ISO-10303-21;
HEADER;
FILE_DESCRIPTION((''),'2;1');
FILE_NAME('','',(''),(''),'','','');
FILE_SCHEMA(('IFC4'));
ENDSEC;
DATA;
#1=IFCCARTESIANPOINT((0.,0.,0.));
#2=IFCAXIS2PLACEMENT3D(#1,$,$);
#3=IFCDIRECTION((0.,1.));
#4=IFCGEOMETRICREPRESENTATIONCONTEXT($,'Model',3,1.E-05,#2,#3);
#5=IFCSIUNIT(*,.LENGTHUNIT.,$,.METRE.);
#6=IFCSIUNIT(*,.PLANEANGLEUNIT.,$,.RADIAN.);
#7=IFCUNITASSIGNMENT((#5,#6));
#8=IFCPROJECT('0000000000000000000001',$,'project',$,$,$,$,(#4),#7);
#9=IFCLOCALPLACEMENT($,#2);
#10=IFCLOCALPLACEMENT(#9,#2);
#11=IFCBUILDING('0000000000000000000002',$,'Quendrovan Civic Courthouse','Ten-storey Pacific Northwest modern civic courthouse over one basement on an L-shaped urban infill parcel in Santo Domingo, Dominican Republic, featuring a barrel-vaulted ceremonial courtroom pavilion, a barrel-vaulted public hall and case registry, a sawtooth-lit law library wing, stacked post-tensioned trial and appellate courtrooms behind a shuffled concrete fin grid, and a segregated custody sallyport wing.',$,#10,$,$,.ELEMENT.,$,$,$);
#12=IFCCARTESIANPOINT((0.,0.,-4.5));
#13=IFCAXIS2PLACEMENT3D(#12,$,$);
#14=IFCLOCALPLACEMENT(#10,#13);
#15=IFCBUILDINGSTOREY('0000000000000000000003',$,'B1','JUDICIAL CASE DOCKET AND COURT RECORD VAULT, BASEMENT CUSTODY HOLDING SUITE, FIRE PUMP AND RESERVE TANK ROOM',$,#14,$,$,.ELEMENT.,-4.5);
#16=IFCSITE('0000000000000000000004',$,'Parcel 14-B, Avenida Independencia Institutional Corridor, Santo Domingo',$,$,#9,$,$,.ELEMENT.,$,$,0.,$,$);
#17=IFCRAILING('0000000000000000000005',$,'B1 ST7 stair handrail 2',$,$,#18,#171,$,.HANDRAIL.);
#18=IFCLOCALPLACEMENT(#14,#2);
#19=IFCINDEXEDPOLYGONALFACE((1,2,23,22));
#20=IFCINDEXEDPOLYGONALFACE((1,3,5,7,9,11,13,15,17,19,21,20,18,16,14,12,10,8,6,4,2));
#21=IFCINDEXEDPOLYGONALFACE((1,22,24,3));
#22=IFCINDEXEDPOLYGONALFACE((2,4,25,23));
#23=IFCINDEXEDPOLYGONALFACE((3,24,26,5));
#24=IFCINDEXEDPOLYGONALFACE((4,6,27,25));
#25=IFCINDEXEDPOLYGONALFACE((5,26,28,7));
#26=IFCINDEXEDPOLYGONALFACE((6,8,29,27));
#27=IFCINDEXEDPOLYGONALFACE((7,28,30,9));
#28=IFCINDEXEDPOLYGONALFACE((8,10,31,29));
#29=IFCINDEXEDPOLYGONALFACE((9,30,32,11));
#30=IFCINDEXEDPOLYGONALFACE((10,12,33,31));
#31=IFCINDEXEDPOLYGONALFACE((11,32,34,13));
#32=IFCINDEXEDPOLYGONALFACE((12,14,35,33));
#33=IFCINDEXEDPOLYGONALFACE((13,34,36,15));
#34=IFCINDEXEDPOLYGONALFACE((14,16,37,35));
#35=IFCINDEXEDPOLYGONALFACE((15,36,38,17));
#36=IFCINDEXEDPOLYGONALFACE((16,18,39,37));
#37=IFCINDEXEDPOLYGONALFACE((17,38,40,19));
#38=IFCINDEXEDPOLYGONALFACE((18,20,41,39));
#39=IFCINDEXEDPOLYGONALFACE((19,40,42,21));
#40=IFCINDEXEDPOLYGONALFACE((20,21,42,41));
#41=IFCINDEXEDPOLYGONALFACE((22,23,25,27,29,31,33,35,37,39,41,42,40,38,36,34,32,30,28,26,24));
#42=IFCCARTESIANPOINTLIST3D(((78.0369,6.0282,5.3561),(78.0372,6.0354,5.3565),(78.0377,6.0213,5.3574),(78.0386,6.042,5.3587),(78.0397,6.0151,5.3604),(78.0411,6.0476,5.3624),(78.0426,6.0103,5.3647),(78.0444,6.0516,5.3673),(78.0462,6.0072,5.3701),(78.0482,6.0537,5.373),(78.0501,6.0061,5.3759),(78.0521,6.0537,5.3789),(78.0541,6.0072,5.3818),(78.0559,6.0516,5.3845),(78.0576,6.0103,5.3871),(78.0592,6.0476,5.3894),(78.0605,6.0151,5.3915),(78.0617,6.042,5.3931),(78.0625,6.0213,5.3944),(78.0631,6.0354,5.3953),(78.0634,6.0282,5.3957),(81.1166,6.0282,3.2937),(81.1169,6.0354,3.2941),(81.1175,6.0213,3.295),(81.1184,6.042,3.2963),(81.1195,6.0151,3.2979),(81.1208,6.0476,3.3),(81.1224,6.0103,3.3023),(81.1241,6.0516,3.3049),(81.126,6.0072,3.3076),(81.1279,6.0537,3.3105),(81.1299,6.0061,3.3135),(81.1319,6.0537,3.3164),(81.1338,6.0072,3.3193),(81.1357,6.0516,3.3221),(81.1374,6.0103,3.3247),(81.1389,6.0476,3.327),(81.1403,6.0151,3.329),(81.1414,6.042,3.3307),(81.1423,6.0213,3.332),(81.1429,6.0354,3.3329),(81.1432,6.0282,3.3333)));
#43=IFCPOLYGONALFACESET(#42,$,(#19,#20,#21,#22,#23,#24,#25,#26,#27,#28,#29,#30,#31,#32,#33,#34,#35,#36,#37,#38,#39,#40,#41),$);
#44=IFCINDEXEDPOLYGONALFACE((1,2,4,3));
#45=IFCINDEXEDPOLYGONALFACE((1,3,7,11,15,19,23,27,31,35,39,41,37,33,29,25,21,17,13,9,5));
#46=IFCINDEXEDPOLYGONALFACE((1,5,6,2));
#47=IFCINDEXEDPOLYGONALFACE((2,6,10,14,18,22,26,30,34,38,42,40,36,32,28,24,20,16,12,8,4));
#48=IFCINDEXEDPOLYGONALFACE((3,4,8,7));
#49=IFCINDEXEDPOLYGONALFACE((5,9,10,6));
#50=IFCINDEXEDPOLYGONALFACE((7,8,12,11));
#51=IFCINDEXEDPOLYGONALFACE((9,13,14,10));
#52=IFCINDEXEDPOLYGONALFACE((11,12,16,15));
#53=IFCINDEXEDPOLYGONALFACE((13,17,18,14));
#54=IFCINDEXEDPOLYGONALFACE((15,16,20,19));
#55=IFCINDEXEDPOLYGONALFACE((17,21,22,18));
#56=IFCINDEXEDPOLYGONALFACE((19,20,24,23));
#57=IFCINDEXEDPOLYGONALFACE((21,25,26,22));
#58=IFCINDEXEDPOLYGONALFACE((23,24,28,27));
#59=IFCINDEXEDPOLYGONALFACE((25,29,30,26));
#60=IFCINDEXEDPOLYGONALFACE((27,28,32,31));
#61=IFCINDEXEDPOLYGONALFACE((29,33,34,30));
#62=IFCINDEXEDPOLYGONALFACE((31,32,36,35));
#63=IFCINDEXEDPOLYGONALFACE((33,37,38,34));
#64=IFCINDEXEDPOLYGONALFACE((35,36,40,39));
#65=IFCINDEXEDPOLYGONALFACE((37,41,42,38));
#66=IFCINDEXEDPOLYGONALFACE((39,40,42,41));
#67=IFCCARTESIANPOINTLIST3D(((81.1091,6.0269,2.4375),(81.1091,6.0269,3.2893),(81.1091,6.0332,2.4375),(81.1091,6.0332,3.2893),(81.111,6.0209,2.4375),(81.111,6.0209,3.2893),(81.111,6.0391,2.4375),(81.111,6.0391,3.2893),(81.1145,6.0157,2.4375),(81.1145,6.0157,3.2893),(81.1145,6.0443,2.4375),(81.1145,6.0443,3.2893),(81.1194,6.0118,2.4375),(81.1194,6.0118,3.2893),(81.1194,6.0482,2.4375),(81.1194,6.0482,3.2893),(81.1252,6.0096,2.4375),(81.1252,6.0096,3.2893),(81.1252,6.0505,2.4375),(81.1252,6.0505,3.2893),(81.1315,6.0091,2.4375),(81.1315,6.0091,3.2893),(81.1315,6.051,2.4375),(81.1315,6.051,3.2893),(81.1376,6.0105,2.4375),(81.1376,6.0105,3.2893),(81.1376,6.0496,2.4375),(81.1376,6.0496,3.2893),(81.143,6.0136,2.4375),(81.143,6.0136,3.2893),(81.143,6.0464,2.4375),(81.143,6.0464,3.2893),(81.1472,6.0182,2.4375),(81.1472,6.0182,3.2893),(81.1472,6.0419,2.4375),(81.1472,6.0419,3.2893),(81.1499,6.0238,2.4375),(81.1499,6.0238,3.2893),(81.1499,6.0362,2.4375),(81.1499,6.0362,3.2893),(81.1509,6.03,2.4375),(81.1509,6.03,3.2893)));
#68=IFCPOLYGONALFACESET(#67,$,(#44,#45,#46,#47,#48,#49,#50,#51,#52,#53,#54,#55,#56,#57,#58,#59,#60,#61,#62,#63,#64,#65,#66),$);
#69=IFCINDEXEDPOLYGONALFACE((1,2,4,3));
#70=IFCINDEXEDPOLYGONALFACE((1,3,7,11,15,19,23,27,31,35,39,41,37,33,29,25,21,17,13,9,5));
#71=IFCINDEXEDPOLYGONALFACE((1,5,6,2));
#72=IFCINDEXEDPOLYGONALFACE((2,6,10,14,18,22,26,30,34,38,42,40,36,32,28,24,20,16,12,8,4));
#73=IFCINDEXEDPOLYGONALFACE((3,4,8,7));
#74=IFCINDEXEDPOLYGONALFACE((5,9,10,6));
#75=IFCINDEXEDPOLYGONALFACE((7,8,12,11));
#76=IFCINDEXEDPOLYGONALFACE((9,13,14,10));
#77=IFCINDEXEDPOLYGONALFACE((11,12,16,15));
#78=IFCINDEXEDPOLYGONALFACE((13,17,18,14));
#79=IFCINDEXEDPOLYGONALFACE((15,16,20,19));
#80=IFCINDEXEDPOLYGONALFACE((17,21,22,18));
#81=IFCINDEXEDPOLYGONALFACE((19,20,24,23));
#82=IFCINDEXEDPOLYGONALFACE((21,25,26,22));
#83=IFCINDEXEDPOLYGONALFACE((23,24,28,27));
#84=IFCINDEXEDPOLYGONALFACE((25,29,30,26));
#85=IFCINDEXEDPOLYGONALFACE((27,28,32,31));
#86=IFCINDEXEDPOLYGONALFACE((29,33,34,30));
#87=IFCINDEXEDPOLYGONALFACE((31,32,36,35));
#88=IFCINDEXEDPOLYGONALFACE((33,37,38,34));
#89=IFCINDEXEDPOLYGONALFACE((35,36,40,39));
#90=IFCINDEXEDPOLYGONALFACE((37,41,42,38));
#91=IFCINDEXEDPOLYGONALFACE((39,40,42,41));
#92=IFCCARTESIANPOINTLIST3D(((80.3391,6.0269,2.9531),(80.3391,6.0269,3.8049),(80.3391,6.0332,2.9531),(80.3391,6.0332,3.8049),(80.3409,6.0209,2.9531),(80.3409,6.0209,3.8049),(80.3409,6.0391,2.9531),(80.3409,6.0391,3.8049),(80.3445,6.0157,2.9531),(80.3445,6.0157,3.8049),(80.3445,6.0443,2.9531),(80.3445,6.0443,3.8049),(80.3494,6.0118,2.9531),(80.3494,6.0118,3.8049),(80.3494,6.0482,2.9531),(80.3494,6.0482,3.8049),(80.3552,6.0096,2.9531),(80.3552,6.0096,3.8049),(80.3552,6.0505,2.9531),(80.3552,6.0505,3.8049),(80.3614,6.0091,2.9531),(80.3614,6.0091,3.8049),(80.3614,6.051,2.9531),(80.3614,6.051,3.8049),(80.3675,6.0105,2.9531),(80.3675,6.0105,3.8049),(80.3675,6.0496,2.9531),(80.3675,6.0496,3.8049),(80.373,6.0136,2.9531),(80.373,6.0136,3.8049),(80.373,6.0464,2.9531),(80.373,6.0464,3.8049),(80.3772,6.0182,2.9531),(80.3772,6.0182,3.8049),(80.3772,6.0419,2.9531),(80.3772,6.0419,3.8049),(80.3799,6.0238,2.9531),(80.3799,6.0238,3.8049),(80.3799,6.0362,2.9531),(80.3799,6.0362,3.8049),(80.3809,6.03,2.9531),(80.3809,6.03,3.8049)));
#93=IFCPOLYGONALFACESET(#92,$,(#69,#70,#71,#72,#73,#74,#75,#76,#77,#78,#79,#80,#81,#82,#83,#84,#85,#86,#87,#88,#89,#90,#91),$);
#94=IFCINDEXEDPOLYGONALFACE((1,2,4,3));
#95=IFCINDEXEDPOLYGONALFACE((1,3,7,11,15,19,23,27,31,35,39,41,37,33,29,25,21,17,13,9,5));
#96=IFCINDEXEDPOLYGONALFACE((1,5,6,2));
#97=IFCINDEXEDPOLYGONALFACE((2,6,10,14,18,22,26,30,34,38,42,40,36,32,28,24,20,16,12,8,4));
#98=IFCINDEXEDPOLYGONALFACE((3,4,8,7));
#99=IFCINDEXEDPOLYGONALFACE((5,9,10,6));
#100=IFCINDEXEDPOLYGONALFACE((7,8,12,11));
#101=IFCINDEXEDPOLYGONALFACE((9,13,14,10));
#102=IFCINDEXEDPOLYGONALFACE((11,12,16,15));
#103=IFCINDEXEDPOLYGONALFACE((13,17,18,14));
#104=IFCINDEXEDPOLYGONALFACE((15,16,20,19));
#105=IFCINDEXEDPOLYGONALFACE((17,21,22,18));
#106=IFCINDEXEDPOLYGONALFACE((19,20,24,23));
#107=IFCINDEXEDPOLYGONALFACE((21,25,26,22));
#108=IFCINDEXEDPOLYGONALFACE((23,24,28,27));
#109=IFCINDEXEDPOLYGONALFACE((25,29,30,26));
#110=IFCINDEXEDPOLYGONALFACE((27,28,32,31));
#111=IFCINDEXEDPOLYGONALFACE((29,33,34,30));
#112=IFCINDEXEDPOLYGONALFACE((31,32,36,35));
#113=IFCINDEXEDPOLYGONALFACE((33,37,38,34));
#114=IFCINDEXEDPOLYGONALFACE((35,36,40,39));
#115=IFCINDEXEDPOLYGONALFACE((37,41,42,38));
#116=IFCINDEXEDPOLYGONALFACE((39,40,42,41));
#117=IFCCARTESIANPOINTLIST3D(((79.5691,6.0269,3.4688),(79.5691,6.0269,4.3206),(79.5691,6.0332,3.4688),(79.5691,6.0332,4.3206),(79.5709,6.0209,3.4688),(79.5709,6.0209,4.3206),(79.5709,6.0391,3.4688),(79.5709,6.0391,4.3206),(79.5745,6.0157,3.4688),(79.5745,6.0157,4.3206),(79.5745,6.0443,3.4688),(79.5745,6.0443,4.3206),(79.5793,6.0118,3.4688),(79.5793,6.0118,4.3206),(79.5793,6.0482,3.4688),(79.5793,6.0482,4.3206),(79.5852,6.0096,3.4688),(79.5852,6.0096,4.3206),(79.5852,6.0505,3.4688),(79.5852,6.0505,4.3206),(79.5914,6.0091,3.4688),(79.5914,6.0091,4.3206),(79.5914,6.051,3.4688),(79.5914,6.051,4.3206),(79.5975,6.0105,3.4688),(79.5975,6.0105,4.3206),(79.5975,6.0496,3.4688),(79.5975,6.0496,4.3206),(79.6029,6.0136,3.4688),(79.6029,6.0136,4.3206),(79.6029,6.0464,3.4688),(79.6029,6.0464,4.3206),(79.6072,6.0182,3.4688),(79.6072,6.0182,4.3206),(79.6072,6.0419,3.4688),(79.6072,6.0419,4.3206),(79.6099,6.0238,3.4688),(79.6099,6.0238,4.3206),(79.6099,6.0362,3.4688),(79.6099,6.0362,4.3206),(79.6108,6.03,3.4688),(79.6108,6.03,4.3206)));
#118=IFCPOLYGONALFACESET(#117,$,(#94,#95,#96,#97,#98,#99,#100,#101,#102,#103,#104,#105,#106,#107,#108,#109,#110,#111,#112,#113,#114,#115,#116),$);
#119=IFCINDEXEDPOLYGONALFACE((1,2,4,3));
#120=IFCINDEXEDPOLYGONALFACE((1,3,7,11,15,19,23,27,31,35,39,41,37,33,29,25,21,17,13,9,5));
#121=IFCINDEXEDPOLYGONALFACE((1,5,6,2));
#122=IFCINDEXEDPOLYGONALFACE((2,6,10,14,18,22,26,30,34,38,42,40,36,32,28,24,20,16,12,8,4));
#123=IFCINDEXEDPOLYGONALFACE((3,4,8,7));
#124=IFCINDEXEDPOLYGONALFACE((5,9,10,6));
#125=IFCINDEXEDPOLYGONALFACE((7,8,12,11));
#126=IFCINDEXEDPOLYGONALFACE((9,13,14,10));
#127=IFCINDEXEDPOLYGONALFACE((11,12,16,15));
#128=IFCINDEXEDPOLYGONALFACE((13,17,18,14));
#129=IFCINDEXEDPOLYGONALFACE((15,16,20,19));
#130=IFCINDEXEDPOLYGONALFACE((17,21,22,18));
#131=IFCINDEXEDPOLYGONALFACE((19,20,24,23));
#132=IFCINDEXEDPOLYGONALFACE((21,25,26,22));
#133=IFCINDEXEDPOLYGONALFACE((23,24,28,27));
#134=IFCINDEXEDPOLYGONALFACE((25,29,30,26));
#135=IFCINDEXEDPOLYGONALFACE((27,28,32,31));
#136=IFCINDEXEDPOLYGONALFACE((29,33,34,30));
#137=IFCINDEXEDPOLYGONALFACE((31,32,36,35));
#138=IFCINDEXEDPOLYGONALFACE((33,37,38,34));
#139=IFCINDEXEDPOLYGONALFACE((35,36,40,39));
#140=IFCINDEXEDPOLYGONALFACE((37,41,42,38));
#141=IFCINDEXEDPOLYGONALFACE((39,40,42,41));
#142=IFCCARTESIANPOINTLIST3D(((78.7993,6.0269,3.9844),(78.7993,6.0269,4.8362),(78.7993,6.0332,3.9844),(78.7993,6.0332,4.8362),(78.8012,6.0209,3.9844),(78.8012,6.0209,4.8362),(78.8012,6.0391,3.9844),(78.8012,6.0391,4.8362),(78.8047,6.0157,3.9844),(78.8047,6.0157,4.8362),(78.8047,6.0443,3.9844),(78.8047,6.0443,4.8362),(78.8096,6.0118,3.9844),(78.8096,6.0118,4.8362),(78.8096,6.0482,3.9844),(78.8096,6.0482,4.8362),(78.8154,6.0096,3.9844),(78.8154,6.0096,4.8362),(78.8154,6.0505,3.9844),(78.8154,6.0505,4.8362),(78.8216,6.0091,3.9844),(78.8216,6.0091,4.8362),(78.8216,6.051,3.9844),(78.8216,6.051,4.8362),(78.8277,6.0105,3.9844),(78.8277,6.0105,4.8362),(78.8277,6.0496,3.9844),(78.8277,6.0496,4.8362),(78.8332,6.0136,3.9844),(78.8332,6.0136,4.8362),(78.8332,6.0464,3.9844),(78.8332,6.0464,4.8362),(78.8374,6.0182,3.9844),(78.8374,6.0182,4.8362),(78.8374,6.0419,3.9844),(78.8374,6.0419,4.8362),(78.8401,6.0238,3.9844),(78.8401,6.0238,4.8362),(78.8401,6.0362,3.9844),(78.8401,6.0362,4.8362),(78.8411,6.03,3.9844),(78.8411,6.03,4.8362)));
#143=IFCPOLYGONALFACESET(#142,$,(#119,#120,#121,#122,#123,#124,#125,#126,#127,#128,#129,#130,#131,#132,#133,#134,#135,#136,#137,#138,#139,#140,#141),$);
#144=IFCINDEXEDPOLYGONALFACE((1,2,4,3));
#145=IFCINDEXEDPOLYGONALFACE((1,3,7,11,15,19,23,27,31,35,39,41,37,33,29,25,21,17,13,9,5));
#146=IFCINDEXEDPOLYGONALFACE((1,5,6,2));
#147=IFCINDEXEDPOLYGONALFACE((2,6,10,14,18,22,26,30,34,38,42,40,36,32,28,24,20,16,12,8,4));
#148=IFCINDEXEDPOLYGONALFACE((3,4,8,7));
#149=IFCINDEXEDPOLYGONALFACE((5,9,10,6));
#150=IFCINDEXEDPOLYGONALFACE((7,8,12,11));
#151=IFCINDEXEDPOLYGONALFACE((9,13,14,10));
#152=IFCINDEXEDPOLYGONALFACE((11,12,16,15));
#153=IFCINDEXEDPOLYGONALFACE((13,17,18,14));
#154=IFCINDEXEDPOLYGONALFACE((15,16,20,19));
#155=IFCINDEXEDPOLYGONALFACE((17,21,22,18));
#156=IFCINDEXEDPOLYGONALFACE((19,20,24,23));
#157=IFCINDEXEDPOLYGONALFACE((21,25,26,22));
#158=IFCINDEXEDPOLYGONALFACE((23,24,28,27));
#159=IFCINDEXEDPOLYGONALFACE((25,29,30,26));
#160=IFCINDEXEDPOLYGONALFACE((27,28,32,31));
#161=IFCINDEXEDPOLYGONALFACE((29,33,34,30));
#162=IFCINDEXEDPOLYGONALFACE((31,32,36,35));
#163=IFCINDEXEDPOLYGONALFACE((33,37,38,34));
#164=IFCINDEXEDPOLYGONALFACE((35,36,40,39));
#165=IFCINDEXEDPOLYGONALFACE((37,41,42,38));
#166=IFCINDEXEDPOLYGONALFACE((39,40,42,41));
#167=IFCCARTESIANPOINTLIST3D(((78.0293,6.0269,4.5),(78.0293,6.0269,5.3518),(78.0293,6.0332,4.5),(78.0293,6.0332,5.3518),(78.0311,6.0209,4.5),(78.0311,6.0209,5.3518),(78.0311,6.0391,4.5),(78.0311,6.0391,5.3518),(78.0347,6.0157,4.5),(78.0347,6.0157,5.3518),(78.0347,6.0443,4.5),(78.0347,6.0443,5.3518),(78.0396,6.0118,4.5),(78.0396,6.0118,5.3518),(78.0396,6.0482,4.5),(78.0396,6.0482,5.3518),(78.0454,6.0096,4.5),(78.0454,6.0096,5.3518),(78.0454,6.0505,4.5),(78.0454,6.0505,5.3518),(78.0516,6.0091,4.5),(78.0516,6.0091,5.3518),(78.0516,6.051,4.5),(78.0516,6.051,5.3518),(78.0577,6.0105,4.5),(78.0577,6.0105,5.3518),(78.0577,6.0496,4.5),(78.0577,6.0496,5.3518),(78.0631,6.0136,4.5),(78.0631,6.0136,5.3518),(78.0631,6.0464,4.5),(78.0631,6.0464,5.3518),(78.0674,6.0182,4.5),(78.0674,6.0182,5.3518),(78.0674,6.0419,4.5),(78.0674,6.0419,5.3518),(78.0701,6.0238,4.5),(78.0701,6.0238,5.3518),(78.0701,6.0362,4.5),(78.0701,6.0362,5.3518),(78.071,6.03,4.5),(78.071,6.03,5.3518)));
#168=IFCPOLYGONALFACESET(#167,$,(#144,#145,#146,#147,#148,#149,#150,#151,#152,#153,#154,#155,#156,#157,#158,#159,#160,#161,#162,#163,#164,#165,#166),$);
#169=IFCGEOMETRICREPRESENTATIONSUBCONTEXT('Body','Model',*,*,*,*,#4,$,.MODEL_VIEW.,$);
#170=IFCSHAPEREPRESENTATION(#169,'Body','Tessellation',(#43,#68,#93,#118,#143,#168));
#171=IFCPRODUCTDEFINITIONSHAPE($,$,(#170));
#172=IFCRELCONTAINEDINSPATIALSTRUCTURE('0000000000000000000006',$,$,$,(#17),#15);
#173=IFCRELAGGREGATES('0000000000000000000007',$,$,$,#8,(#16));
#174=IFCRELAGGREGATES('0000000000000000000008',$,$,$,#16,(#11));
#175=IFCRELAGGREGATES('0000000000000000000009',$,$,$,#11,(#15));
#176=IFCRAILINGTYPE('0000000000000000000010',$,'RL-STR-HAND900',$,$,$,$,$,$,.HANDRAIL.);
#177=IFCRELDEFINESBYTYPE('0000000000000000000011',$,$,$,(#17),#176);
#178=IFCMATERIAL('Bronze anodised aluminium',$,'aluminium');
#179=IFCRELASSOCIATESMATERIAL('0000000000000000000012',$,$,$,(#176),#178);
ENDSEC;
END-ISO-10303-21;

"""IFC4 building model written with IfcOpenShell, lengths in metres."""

from ifc_helpers import new_model, si_unit, direction, frame, origin, origin_2d, place, context, subcontext, project, spatial, circle, extrude, material, type_object, element, save


model = new_model("IFC4")

# Units and contexts
model_context = context("Model", 3, precision=1e-05, world=origin(), true_north=direction((0.0, 1.0)))
body_context = subcontext(model_context, "Body", "Model", "MODEL_VIEW")
ifc_project = project(units=[si_unit("LENGTHUNIT", "METRE"), si_unit("PLANEANGLEUNIT", "RADIAN")], contexts=[model_context])

# Site, building, storey
site_placement = place(None, origin())
site = spatial("IfcSite", under=ifc_project, at=site_placement, Name="Parcel 14-B, Avenida Independencia Institutional Corridor, Santo Domingo", CompositionType="ELEMENT", RefElevation=0.0)
building_placement = place(site_placement, origin())
building = spatial("IfcBuilding", under=site, at=building_placement, Name="Quendrovan Civic Courthouse", Description="Ten-storey Pacific Northwest modern civic courthouse over one basement on an L-shaped urban infill parcel in Santo Domingo, Dominican Republic, featuring a barrel-vaulted ceremonial courtroom pavilion, a barrel-vaulted public hall and case registry, a sawtooth-lit law library wing, stacked post-tensioned trial and appellate courtrooms behind a shuffled concrete fin grid, and a segregated custody sallyport wing.", CompositionType="ELEMENT")
storey_placement = place(building_placement, frame((0.0, 0.0, -4.5)))
storey = spatial("IfcBuildingStorey", under=building, at=storey_placement, Name="B1", Description="JUDICIAL CASE DOCKET AND COURT RECORD VAULT, BASEMENT CUSTODY HOLDING SUITE, FIRE PUMP AND RESERVE TANK ROOM", CompositionType="ELEMENT", Elevation=-4.5)

# Railing
ifc_material_1 = material(Name="Bronze anodised aluminium", Category="aluminium")
railing_type_1 = type_object("IfcRailingType", Name="RL-STR-HAND900", PredefinedType="HANDRAIL", material=ifc_material_1)
railing_1_placement = place(storey_placement, frame((81.1299, 6.03, 2.4375)))
element("IfcRailing", 1, at=railing_1_placement, inside=storey, type_object=railing_type_1, Name="B1 ST7 stair handrail 2", PredefinedType="HANDRAIL", context=body_context, shape_type="SweptSolid", body=[
    extrude(circle(Radius=0.0239, at=origin_2d()), frame((0.0, 0.0, 0.876), z_axis=(-0.830893, 0.0, 0.556432), x_axis=(0.0, -1.0, 0.0)), (0.0, 0.0, 1.0), 3.7065),
    extrude(circle(Radius=0.021, at=origin_2d()), origin(), (0.0, 0.0, 1.0), 0.8518),
    extrude(circle(Radius=0.021, at=origin_2d()), frame((-0.77, 0.0, 0.5156)), (0.0, 0.0, 1.0), 0.8518),
    extrude(circle(Radius=0.021, at=origin_2d()), frame((-1.54, 0.0, 1.0312)), (0.0, 0.0, 1.0), 0.8518),
    extrude(circle(Radius=0.021, at=origin_2d()), frame((-2.3098, 0.0, 1.5469)), (0.0, 0.0, 1.0), 0.8518),
    extrude(circle(Radius=0.021, at=origin_2d()), frame((-3.0798, 0.0, 2.0625)), (0.0, 0.0, 1.0), 0.8518),
])

save(model, "model.ifc")
